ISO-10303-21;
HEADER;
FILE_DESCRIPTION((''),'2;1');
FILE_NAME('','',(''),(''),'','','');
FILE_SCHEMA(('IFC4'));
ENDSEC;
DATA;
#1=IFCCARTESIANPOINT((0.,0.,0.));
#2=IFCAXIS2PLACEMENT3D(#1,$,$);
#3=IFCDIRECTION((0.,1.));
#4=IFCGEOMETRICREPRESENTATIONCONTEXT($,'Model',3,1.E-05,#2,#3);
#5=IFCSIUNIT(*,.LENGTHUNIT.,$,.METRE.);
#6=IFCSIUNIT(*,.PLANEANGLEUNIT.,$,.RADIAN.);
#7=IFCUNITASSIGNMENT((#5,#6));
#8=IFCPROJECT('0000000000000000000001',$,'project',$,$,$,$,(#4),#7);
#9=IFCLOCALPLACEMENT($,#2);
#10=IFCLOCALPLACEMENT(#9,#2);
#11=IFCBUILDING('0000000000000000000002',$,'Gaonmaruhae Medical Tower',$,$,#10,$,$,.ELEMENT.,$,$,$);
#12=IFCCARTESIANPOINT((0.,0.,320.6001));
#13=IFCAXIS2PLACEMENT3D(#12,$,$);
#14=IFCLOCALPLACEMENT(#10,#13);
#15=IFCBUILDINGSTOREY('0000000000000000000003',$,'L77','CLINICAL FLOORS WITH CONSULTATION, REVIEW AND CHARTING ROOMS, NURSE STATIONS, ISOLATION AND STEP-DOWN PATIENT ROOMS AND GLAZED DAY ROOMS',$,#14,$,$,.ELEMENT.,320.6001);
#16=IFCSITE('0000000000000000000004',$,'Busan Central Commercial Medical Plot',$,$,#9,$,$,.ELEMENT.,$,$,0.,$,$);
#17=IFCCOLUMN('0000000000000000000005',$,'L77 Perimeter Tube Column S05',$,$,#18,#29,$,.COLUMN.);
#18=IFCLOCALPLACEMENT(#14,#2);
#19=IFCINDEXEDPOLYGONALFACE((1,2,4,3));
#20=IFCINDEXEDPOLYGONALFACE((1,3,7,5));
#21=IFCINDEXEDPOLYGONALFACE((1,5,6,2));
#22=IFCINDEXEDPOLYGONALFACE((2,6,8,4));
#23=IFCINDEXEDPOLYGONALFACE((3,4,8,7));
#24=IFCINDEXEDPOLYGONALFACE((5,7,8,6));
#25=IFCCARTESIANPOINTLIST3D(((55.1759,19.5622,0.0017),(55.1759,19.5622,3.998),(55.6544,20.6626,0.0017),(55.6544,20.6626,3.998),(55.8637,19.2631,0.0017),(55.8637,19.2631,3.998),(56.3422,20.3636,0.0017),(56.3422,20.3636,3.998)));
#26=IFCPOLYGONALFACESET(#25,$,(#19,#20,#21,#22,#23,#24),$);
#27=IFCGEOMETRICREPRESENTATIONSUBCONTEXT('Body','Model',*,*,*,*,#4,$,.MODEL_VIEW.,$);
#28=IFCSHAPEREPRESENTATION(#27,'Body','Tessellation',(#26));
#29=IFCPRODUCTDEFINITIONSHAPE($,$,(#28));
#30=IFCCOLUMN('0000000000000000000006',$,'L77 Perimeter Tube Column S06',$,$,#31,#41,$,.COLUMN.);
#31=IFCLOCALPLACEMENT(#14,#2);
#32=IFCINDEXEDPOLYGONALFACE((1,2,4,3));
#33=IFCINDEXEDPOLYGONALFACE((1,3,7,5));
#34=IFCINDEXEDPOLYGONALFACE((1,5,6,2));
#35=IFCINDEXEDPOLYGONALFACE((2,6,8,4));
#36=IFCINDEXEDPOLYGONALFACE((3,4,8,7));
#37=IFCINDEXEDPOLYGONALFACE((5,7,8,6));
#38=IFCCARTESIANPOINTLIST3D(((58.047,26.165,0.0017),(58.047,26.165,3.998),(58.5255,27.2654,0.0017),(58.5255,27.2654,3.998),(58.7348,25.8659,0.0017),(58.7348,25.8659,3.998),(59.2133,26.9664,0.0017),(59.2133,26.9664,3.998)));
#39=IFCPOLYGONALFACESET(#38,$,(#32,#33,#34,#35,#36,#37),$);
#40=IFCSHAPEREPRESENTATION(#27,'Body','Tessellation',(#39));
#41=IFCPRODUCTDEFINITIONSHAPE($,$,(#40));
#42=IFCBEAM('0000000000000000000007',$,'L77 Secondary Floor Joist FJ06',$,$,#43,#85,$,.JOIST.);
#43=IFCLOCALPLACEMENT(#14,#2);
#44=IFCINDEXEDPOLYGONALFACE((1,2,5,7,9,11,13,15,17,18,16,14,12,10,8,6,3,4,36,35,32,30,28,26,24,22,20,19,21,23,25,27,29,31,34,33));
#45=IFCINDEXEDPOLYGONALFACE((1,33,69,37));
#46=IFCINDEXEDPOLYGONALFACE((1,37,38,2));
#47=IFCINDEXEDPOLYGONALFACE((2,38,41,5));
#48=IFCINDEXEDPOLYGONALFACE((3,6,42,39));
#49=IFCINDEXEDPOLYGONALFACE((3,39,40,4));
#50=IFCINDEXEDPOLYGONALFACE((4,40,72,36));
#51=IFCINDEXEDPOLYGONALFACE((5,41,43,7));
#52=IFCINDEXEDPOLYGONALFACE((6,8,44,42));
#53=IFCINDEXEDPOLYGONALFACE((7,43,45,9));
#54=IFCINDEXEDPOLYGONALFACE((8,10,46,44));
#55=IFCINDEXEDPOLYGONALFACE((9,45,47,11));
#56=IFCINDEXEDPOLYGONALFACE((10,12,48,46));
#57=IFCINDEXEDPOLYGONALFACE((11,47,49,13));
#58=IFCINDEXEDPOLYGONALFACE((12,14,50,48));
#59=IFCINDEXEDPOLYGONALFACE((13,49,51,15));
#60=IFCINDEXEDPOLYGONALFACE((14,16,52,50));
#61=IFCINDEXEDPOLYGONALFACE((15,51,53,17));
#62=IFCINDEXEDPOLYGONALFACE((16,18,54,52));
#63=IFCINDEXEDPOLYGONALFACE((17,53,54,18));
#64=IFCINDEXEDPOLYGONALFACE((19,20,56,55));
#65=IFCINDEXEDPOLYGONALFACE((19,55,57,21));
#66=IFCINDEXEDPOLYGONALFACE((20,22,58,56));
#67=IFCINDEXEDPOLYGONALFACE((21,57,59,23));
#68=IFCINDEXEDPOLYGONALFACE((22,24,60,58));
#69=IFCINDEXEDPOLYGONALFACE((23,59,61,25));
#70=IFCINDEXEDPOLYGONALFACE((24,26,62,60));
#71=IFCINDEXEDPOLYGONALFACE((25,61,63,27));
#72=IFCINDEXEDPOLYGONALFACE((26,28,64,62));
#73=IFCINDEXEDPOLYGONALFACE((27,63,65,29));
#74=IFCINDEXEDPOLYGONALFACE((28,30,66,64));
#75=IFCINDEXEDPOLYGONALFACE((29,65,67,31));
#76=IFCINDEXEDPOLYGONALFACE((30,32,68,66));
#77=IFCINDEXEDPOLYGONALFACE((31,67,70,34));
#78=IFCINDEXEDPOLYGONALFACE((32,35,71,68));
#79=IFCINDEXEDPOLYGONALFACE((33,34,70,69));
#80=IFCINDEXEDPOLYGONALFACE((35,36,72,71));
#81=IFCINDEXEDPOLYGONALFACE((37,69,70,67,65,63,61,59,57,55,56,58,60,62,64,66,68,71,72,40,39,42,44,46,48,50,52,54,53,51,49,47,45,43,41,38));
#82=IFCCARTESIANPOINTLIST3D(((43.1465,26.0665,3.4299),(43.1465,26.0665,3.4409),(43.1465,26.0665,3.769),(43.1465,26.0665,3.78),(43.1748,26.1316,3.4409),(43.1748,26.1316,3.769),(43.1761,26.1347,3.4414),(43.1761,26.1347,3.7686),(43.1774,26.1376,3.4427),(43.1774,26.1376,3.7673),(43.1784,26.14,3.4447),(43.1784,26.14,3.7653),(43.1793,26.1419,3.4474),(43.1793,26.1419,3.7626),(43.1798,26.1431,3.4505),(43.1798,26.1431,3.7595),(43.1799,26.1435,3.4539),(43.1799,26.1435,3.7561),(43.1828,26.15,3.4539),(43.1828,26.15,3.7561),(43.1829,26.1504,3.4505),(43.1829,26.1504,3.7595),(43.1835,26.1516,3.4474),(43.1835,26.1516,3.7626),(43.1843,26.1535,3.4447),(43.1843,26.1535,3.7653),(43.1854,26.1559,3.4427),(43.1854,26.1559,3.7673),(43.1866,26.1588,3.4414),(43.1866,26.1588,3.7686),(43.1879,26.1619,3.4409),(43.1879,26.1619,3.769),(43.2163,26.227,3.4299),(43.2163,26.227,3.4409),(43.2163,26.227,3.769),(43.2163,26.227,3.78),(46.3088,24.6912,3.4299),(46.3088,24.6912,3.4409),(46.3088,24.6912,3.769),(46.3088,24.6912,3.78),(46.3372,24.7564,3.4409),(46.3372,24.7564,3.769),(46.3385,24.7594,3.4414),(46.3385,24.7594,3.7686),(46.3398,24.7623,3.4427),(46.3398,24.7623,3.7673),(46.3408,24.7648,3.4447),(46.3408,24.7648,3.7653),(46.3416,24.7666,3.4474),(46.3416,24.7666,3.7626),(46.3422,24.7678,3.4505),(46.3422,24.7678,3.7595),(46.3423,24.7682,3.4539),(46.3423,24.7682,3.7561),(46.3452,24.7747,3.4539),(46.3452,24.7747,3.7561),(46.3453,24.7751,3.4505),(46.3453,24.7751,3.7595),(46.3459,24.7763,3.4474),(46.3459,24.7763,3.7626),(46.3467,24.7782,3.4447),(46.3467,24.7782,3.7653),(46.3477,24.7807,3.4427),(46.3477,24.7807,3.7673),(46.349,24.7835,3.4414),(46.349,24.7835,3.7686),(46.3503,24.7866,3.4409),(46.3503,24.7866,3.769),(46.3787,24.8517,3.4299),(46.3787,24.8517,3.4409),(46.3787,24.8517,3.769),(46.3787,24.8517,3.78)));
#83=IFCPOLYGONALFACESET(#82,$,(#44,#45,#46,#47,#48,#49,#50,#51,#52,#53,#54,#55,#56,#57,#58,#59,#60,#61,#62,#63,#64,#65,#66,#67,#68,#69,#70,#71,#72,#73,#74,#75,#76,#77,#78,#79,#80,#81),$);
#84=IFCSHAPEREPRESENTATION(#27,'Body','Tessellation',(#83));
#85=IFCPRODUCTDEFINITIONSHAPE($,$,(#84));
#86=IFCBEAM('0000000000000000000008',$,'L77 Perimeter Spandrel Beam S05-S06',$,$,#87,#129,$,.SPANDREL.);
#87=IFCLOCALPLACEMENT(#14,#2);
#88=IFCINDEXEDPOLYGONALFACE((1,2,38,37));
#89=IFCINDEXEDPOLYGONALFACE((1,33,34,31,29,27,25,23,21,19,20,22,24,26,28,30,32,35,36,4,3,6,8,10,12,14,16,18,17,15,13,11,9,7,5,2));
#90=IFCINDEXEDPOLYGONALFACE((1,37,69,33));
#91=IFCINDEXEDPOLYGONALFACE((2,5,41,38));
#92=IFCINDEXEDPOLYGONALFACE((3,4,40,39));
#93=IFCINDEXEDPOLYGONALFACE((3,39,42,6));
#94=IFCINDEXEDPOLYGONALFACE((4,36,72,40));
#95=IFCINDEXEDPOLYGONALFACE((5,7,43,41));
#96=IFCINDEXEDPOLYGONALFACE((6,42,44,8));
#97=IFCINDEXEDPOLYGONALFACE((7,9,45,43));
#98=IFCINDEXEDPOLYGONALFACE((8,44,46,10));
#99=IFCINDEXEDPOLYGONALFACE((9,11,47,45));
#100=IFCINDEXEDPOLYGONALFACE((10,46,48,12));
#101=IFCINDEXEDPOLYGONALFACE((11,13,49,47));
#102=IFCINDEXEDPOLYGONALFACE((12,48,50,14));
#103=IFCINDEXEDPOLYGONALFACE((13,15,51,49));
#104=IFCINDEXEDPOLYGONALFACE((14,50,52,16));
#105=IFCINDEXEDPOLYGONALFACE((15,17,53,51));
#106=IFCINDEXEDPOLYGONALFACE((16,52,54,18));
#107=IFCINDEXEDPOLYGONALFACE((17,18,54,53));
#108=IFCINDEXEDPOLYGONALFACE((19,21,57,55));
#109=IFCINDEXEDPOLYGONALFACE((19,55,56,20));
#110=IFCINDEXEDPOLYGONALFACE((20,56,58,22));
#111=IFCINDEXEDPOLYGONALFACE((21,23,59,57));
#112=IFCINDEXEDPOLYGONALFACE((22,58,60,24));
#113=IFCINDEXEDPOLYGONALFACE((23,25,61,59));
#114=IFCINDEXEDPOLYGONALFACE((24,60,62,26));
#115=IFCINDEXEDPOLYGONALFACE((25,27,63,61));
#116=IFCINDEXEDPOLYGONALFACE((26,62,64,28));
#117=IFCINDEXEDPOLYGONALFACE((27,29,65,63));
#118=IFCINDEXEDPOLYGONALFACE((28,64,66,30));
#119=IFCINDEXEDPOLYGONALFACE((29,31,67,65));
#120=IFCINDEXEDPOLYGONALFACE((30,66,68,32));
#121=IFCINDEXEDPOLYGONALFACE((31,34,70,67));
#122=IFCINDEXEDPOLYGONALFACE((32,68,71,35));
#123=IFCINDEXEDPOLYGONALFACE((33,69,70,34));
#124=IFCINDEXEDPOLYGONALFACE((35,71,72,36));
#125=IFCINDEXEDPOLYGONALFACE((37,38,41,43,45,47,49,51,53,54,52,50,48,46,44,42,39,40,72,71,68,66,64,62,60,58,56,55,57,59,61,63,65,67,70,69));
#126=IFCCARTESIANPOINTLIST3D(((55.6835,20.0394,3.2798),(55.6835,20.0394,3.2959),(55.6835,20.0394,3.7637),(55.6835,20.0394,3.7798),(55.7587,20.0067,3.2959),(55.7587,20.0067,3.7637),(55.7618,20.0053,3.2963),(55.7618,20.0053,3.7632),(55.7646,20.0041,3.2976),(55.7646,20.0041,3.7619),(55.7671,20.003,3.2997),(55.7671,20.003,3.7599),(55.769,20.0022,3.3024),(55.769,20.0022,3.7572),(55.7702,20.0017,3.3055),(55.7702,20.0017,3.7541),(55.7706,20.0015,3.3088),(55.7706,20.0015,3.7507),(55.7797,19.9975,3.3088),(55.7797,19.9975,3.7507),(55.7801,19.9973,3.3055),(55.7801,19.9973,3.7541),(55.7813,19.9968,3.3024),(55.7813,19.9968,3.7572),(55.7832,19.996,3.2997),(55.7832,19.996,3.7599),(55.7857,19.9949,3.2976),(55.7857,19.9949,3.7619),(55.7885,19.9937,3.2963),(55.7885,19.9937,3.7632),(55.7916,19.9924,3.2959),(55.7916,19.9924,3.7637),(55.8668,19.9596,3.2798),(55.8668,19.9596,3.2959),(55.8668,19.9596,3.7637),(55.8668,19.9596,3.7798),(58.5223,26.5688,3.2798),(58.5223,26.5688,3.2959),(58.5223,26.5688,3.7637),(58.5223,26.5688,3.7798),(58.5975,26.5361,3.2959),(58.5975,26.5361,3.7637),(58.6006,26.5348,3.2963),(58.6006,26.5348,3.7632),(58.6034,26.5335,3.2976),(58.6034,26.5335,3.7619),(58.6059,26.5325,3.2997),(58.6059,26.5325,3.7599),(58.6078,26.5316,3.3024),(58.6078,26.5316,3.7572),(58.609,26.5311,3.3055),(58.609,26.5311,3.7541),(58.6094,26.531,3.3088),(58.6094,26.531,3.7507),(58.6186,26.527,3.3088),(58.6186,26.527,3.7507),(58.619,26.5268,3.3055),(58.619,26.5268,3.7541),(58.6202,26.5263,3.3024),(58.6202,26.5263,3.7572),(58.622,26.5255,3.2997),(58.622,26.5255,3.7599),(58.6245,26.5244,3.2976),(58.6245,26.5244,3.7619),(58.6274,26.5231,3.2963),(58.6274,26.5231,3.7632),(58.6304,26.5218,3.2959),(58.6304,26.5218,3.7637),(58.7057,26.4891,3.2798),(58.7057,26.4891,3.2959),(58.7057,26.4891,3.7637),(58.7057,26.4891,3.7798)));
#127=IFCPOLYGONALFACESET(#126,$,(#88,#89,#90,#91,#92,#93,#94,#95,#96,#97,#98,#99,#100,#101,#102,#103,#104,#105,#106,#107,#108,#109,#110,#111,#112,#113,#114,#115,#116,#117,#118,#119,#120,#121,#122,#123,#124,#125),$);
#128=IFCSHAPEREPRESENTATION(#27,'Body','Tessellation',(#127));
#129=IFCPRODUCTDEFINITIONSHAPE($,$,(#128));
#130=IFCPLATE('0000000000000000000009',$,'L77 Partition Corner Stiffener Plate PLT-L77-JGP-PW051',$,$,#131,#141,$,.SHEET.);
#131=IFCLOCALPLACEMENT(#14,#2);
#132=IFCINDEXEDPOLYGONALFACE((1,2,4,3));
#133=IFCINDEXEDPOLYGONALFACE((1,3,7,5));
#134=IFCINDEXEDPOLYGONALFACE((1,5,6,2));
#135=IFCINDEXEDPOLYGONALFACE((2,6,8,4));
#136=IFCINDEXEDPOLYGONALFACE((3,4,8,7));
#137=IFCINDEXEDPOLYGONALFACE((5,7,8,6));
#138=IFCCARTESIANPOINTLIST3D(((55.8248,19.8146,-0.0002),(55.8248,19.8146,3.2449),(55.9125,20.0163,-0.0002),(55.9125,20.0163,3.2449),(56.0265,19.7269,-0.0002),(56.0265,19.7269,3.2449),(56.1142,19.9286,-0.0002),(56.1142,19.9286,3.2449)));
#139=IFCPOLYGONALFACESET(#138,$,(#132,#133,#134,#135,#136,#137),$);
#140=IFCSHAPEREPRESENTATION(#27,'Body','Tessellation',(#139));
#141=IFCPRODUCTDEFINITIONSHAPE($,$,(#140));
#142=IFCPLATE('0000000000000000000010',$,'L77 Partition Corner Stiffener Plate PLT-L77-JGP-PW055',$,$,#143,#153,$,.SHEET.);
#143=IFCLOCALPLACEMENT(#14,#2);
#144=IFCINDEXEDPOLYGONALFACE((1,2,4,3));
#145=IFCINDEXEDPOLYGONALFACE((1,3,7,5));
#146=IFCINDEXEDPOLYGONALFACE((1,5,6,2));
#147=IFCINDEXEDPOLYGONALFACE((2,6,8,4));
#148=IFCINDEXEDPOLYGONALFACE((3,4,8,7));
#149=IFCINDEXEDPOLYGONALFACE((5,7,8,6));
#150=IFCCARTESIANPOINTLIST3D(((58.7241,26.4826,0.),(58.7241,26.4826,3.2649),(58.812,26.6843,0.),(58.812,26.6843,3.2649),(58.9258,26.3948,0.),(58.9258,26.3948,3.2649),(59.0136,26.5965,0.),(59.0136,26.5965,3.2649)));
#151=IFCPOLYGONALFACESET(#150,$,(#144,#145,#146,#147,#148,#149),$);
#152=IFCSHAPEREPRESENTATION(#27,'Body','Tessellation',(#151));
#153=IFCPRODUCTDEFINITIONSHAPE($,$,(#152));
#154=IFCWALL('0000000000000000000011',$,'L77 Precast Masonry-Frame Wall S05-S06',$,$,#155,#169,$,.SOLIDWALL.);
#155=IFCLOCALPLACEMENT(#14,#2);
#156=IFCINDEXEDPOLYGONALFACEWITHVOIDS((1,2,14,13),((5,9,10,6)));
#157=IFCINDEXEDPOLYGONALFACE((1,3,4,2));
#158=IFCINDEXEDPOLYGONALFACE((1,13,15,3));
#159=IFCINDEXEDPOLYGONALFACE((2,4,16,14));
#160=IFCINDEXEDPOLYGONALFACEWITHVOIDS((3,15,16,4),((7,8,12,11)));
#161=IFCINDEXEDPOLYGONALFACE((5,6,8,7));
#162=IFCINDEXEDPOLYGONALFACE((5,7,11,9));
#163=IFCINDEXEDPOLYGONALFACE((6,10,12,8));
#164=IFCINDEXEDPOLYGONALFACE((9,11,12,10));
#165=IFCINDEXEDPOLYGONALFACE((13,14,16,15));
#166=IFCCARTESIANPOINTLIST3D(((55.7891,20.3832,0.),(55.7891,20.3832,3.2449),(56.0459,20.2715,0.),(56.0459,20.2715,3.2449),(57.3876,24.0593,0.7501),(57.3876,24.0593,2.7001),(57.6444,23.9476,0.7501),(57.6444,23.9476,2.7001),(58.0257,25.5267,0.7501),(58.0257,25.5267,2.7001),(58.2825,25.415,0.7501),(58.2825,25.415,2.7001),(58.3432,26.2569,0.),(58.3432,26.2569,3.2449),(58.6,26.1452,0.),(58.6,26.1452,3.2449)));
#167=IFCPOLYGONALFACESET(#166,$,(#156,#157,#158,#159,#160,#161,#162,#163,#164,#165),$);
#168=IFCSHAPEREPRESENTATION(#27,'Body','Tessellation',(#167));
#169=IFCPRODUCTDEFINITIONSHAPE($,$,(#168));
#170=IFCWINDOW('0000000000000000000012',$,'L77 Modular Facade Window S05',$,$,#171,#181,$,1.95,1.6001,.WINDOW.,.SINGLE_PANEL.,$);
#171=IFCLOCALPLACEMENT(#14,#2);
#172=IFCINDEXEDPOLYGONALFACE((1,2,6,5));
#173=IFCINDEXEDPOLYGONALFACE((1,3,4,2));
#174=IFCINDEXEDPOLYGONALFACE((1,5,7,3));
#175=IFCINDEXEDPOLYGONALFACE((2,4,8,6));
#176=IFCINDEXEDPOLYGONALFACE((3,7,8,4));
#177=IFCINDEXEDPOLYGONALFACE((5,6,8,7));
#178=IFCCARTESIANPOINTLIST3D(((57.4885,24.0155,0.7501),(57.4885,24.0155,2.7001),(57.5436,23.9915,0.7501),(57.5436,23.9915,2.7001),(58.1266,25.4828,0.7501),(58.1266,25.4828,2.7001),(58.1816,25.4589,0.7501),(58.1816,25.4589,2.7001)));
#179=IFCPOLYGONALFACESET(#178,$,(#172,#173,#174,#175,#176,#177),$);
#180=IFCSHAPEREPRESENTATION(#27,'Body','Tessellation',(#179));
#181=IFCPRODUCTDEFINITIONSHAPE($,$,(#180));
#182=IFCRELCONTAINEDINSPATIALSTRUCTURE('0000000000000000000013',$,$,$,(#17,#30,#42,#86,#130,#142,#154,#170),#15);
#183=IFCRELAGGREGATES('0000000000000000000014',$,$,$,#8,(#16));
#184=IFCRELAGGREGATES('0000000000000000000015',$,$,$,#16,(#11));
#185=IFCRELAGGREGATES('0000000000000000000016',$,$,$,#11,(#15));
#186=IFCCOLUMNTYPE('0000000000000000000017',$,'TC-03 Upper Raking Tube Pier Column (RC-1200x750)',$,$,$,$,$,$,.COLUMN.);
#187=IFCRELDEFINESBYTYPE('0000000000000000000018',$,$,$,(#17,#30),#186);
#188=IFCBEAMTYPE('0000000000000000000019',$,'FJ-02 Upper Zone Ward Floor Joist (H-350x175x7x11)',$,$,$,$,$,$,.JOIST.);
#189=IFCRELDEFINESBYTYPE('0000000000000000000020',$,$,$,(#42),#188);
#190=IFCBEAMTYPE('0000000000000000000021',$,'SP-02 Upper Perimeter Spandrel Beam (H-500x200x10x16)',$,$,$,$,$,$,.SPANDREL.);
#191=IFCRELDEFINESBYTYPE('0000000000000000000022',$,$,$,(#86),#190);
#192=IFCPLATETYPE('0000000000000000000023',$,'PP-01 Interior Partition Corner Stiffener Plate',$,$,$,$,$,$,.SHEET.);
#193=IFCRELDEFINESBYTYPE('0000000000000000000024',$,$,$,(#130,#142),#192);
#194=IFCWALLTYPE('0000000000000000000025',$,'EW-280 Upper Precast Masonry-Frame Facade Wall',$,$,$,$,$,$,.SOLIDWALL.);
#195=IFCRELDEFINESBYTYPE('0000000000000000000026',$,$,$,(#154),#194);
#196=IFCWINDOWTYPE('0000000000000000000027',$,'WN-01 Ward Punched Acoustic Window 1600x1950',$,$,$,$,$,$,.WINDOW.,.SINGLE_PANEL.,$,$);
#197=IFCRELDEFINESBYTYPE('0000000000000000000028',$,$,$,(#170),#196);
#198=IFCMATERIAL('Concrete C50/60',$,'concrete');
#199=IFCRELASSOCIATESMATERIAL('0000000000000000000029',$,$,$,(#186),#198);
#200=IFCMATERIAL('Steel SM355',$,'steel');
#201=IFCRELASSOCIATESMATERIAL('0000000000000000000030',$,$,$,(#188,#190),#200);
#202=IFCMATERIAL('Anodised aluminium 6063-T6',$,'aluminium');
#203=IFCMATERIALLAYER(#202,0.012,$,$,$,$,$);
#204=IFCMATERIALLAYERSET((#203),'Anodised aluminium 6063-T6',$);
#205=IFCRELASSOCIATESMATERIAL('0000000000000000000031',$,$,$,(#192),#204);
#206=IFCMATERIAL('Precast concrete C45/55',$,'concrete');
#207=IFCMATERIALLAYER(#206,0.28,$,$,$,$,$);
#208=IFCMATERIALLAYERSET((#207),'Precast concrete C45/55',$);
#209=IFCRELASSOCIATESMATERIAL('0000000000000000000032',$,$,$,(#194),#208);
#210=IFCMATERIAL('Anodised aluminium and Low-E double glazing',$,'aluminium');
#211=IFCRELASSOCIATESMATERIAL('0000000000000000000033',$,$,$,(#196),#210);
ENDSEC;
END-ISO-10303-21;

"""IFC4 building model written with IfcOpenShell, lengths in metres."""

from ifc_helpers import new_model, si_unit, direction, frame, frame_2d, origin, origin_2d, place, context, subcontext, project, spatial, rectangle, i_section, extrude, material, layer, layer_set, material_profile, profile_set, type_object, element, fill, save


model = new_model("IFC4")

# Units and contexts
model_context = context("Model", 3, precision=1e-05, world=origin(), true_north=direction((0.0, 1.0)))
body_context = subcontext(model_context, "Body", "Model", "MODEL_VIEW")
ifc_project = project(units=[si_unit("LENGTHUNIT", "METRE"), si_unit("PLANEANGLEUNIT", "RADIAN")], contexts=[model_context])

# Site, building, storey
site_placement = place(None, origin())
site = spatial("IfcSite", under=ifc_project, at=site_placement, Name="Busan Central Commercial Medical Plot", CompositionType="ELEMENT", RefElevation=0.0)
building_placement = place(site_placement, origin())
building = spatial("IfcBuilding", under=site, at=building_placement, Name="Gaonmaruhae Medical Tower", CompositionType="ELEMENT")
storey_placement = place(building_placement, frame((0.0, 0.0, 320.6001)))
storey = spatial("IfcBuildingStorey", under=building, at=storey_placement, Name="L77", Description="CLINICAL FLOORS WITH CONSULTATION, REVIEW AND CHARTING ROOMS, NURSE STATIONS, ISOLATION AND STEP-DOWN PATIENT ROOMS AND GLAZED DAY ROOMS", CompositionType="ELEMENT", Elevation=320.6001)

# Columns
ifc_material_1 = material(Name="Concrete C50/60", Category="concrete")
ifc_material_profile_1 = material_profile(ifc_material_1, rectangle(XDim=1.2, YDim=0.75, at=origin_2d()), Name="RC-1200x750")
ifc_profile_set_1 = profile_set([ifc_material_profile_1], Name="Concrete C50/60")
column_type = type_object("IfcColumnType", Name="TC-03 Upper Raking Tube Pier Column (RC-1200x750)", PredefinedType="COLUMN", material=ifc_profile_set_1)
for number, where, z_axis, x_axis, name in (
    (1, (55.759, 19.9629, 0.0017), (0.0, 0.0, 1.0), (0.398749, 0.91706, 0.0), "L77 Perimeter Tube Column S05"),
    (2, (58.6301, 26.5657, 0.0017), (0.0, 0.0, 1.0), (0.398749, 0.91706, 0.0), "L77 Perimeter Tube Column S06"),
):
    element("IfcColumn", number, at=place(storey_placement, frame(where, z_axis=z_axis, x_axis=x_axis)), inside=storey, type_object=column_type, Name=name, PredefinedType="COLUMN", context=body_context, shape_type="SweptSolid", body=[
        extrude(rectangle(XDim=1.2, YDim=0.75, at=origin_2d()), origin(), (0.0, 0.0, 1.0), 3.9963),
    ])

# Beams
ifc_material_2 = material(Name="Steel SM355", Category="steel")
ifc_material_profile_2 = material_profile(ifc_material_2, i_section(OverallWidth=0.175, OverallDepth=0.3501, WebThickness=0.0071, FlangeThickness=0.011, FilletRadius=0.0129, at=origin_2d()), Name="H-350x175x7x11")
ifc_profile_set_2 = profile_set([ifc_material_profile_2], Name="Steel SM355")
beam_type_1 = type_object("IfcBeamType", Name="FJ-02 Upper Zone Ward Floor Joist (H-350x175x7x11)", PredefinedType="JOIST", material=ifc_profile_set_2)
beam_1_placement = place(storey_placement, frame((46.3438, 24.7715, 3.605), z_axis=(-0.917037, 0.398801, 0.0), x_axis=(-0.398801, -0.917037, 0.0)))
element("IfcBeam", 3, at=beam_1_placement, inside=storey, type_object=beam_type_1, Name="L77 Secondary Floor Joist FJ06", PredefinedType="JOIST", context=body_context, shape_type="SweptSolid", body=[
    extrude(i_section(OverallWidth=0.175, OverallDepth=0.3501, WebThickness=0.0071, FlangeThickness=0.011, FilletRadius=0.0129, at=origin_2d()), origin(), (0.0, 0.0, 1.0), 3.4485),
])
ifc_material_profile_3 = material_profile(ifc_material_2, i_section(OverallWidth=0.2, OverallDepth=0.5, WebThickness=0.01, FlangeThickness=0.0161, FilletRadius=0.0129, at=origin_2d()), Name="H-500x200x10x16")
ifc_profile_set_3 = profile_set([ifc_material_profile_3], Name="Steel SM355")
beam_type_2 = type_object("IfcBeamType", Name="SP-02 Upper Perimeter Spandrel Beam (H-500x200x10x16)", PredefinedType="SPANDREL", material=ifc_profile_set_3)
beam_2_placement = place(storey_placement, frame((55.7751, 19.9995, 3.5298), z_axis=(0.398719, 0.917073, 0.0), x_axis=(-0.917073, 0.398719, 0.0)))
element("IfcBeam", 4, at=beam_2_placement, inside=storey, type_object=beam_type_2, Name="L77 Perimeter Spandrel Beam S05-S06", PredefinedType="SPANDREL", context=body_context, shape_type="SweptSolid", body=[
    extrude(i_section(OverallWidth=0.2, OverallDepth=0.5, WebThickness=0.01, FlangeThickness=0.0161, FilletRadius=0.0129, at=origin_2d()), origin(), (0.0, 0.0, 1.0), 7.1199),
])

# Plates
ifc_material_3 = material(Name="Anodised aluminium 6063-T6", Category="aluminium")
ifc_layer_1 = layer(ifc_material_3, 0.012)
ifc_layer_set_1 = layer_set([ifc_layer_1], Name="Anodised aluminium 6063-T6")
plate_type = type_object("IfcPlateType", Name="PP-01 Interior Partition Corner Stiffener Plate", PredefinedType="SHEET", material=ifc_layer_set_1)
plate_1_placement = place(storey_placement, frame((55.9695, 19.8716, -0.0002), z_axis=(0.0, 0.0, 1.0), x_axis=(-0.398765, -0.917053, 0.0)))
element("IfcPlate", 5, at=plate_1_placement, inside=storey, type_object=plate_type, Name="L77 Partition Corner Stiffener Plate PLT-L77-JGP-PW051", PredefinedType="SHEET", context=body_context, shape_type="SweptSolid", body=[
    extrude(rectangle(XDim=0.22, YDim=0.22, at=origin_2d()), origin(), (0.0, 0.0, 1.0), 3.2451),
])
plate_2_placement = place(storey_placement, frame((58.8689, 26.5396, 0.0), z_axis=(0.0, 0.0, 1.0), x_axis=(-0.399197, -0.916865, 0.0)))
element("IfcPlate", 6, at=plate_2_placement, inside=storey, type_object=plate_type, Name="L77 Partition Corner Stiffener Plate PLT-L77-JGP-PW055", PredefinedType="SHEET", context=body_context, shape_type="SweptSolid", body=[
    extrude(rectangle(XDim=0.22, YDim=0.22, at=origin_2d()), origin(), (0.0, 0.0, 1.0), 3.2649),
])

# Wall, opening, window
ifc_material_4 = material(Name="Precast concrete C45/55", Category="concrete")
ifc_layer_2 = layer(ifc_material_4, 0.28)
ifc_layer_set_2 = layer_set([ifc_layer_2], Name="Precast concrete C45/55")
wall_type_1 = type_object("IfcWallType", Name="EW-280 Upper Precast Masonry-Frame Facade Wall", PredefinedType="SOLIDWALL", material=ifc_layer_set_2)
wall_1_placement = place(storey_placement, frame((58.4717, 26.2012, 0.0), z_axis=(0.0, 0.0, 1.0), x_axis=(-0.398776, -0.917048, 0.0)))
wall_1 = element("IfcWall", 7, at=wall_1_placement, inside=storey, type_object=wall_type_1, Name="L77 Precast Masonry-Frame Wall S05-S06", PredefinedType="SOLIDWALL", context=body_context, shape_type="SweptSolid", body=[
    extrude(rectangle(XDim=6.405, YDim=0.28, at=frame_2d((3.2026, 0.0))), origin(), (0.0, 0.0, 1.0), 3.2449),
])
opening_1_placement = place(wall_1_placement, frame((0.7964, 0.0, 0.75)))
opening_1 = element("IfcOpeningElement", 8, at=opening_1_placement, cuts=wall_1, PredefinedType="OPENING", context=body_context, shape_type="SweptSolid", body=[
    extrude(rectangle(XDim=1.6001, YDim=1.95, at=frame_2d((0.8, 0.9751))), frame((0.0, 0.1499, 0.0), z_axis=(0.0, -1.0, 0.0), x_axis=(1.0, 0.0, 0.0)), (0.0, 0.0, 1.0), 0.3),
])
ifc_material_5 = material(Name="Anodised aluminium and Low-E double glazing", Category="aluminium")
window_type = type_object("IfcWindowType", Name="WN-01 Ward Punched Acoustic Window 1600x1950", PartitioningType="SINGLE_PANEL", PredefinedType="WINDOW", material=ifc_material_5)
window_placement = place(opening_1_placement, origin())
window = element("IfcWindow", 9, at=window_placement, inside=storey, type_object=window_type, Name="L77 Modular Facade Window S05", OverallHeight=1.95, OverallWidth=1.6001, PartitioningType="SINGLE_PANEL", PredefinedType="WINDOW", context=body_context, shape_type="SweptSolid", body=[
    extrude(rectangle(XDim=1.6001, YDim=1.95, at=frame_2d((0.8, 0.9751))), frame((0.0, 0.03, 0.0), z_axis=(0.0, -1.0, 0.0), x_axis=(1.0, 0.0, 0.0)), (0.0, 0.0, 1.0), 0.0601),
])
fill(opening_1, window)

save(model, "model.ifc")
